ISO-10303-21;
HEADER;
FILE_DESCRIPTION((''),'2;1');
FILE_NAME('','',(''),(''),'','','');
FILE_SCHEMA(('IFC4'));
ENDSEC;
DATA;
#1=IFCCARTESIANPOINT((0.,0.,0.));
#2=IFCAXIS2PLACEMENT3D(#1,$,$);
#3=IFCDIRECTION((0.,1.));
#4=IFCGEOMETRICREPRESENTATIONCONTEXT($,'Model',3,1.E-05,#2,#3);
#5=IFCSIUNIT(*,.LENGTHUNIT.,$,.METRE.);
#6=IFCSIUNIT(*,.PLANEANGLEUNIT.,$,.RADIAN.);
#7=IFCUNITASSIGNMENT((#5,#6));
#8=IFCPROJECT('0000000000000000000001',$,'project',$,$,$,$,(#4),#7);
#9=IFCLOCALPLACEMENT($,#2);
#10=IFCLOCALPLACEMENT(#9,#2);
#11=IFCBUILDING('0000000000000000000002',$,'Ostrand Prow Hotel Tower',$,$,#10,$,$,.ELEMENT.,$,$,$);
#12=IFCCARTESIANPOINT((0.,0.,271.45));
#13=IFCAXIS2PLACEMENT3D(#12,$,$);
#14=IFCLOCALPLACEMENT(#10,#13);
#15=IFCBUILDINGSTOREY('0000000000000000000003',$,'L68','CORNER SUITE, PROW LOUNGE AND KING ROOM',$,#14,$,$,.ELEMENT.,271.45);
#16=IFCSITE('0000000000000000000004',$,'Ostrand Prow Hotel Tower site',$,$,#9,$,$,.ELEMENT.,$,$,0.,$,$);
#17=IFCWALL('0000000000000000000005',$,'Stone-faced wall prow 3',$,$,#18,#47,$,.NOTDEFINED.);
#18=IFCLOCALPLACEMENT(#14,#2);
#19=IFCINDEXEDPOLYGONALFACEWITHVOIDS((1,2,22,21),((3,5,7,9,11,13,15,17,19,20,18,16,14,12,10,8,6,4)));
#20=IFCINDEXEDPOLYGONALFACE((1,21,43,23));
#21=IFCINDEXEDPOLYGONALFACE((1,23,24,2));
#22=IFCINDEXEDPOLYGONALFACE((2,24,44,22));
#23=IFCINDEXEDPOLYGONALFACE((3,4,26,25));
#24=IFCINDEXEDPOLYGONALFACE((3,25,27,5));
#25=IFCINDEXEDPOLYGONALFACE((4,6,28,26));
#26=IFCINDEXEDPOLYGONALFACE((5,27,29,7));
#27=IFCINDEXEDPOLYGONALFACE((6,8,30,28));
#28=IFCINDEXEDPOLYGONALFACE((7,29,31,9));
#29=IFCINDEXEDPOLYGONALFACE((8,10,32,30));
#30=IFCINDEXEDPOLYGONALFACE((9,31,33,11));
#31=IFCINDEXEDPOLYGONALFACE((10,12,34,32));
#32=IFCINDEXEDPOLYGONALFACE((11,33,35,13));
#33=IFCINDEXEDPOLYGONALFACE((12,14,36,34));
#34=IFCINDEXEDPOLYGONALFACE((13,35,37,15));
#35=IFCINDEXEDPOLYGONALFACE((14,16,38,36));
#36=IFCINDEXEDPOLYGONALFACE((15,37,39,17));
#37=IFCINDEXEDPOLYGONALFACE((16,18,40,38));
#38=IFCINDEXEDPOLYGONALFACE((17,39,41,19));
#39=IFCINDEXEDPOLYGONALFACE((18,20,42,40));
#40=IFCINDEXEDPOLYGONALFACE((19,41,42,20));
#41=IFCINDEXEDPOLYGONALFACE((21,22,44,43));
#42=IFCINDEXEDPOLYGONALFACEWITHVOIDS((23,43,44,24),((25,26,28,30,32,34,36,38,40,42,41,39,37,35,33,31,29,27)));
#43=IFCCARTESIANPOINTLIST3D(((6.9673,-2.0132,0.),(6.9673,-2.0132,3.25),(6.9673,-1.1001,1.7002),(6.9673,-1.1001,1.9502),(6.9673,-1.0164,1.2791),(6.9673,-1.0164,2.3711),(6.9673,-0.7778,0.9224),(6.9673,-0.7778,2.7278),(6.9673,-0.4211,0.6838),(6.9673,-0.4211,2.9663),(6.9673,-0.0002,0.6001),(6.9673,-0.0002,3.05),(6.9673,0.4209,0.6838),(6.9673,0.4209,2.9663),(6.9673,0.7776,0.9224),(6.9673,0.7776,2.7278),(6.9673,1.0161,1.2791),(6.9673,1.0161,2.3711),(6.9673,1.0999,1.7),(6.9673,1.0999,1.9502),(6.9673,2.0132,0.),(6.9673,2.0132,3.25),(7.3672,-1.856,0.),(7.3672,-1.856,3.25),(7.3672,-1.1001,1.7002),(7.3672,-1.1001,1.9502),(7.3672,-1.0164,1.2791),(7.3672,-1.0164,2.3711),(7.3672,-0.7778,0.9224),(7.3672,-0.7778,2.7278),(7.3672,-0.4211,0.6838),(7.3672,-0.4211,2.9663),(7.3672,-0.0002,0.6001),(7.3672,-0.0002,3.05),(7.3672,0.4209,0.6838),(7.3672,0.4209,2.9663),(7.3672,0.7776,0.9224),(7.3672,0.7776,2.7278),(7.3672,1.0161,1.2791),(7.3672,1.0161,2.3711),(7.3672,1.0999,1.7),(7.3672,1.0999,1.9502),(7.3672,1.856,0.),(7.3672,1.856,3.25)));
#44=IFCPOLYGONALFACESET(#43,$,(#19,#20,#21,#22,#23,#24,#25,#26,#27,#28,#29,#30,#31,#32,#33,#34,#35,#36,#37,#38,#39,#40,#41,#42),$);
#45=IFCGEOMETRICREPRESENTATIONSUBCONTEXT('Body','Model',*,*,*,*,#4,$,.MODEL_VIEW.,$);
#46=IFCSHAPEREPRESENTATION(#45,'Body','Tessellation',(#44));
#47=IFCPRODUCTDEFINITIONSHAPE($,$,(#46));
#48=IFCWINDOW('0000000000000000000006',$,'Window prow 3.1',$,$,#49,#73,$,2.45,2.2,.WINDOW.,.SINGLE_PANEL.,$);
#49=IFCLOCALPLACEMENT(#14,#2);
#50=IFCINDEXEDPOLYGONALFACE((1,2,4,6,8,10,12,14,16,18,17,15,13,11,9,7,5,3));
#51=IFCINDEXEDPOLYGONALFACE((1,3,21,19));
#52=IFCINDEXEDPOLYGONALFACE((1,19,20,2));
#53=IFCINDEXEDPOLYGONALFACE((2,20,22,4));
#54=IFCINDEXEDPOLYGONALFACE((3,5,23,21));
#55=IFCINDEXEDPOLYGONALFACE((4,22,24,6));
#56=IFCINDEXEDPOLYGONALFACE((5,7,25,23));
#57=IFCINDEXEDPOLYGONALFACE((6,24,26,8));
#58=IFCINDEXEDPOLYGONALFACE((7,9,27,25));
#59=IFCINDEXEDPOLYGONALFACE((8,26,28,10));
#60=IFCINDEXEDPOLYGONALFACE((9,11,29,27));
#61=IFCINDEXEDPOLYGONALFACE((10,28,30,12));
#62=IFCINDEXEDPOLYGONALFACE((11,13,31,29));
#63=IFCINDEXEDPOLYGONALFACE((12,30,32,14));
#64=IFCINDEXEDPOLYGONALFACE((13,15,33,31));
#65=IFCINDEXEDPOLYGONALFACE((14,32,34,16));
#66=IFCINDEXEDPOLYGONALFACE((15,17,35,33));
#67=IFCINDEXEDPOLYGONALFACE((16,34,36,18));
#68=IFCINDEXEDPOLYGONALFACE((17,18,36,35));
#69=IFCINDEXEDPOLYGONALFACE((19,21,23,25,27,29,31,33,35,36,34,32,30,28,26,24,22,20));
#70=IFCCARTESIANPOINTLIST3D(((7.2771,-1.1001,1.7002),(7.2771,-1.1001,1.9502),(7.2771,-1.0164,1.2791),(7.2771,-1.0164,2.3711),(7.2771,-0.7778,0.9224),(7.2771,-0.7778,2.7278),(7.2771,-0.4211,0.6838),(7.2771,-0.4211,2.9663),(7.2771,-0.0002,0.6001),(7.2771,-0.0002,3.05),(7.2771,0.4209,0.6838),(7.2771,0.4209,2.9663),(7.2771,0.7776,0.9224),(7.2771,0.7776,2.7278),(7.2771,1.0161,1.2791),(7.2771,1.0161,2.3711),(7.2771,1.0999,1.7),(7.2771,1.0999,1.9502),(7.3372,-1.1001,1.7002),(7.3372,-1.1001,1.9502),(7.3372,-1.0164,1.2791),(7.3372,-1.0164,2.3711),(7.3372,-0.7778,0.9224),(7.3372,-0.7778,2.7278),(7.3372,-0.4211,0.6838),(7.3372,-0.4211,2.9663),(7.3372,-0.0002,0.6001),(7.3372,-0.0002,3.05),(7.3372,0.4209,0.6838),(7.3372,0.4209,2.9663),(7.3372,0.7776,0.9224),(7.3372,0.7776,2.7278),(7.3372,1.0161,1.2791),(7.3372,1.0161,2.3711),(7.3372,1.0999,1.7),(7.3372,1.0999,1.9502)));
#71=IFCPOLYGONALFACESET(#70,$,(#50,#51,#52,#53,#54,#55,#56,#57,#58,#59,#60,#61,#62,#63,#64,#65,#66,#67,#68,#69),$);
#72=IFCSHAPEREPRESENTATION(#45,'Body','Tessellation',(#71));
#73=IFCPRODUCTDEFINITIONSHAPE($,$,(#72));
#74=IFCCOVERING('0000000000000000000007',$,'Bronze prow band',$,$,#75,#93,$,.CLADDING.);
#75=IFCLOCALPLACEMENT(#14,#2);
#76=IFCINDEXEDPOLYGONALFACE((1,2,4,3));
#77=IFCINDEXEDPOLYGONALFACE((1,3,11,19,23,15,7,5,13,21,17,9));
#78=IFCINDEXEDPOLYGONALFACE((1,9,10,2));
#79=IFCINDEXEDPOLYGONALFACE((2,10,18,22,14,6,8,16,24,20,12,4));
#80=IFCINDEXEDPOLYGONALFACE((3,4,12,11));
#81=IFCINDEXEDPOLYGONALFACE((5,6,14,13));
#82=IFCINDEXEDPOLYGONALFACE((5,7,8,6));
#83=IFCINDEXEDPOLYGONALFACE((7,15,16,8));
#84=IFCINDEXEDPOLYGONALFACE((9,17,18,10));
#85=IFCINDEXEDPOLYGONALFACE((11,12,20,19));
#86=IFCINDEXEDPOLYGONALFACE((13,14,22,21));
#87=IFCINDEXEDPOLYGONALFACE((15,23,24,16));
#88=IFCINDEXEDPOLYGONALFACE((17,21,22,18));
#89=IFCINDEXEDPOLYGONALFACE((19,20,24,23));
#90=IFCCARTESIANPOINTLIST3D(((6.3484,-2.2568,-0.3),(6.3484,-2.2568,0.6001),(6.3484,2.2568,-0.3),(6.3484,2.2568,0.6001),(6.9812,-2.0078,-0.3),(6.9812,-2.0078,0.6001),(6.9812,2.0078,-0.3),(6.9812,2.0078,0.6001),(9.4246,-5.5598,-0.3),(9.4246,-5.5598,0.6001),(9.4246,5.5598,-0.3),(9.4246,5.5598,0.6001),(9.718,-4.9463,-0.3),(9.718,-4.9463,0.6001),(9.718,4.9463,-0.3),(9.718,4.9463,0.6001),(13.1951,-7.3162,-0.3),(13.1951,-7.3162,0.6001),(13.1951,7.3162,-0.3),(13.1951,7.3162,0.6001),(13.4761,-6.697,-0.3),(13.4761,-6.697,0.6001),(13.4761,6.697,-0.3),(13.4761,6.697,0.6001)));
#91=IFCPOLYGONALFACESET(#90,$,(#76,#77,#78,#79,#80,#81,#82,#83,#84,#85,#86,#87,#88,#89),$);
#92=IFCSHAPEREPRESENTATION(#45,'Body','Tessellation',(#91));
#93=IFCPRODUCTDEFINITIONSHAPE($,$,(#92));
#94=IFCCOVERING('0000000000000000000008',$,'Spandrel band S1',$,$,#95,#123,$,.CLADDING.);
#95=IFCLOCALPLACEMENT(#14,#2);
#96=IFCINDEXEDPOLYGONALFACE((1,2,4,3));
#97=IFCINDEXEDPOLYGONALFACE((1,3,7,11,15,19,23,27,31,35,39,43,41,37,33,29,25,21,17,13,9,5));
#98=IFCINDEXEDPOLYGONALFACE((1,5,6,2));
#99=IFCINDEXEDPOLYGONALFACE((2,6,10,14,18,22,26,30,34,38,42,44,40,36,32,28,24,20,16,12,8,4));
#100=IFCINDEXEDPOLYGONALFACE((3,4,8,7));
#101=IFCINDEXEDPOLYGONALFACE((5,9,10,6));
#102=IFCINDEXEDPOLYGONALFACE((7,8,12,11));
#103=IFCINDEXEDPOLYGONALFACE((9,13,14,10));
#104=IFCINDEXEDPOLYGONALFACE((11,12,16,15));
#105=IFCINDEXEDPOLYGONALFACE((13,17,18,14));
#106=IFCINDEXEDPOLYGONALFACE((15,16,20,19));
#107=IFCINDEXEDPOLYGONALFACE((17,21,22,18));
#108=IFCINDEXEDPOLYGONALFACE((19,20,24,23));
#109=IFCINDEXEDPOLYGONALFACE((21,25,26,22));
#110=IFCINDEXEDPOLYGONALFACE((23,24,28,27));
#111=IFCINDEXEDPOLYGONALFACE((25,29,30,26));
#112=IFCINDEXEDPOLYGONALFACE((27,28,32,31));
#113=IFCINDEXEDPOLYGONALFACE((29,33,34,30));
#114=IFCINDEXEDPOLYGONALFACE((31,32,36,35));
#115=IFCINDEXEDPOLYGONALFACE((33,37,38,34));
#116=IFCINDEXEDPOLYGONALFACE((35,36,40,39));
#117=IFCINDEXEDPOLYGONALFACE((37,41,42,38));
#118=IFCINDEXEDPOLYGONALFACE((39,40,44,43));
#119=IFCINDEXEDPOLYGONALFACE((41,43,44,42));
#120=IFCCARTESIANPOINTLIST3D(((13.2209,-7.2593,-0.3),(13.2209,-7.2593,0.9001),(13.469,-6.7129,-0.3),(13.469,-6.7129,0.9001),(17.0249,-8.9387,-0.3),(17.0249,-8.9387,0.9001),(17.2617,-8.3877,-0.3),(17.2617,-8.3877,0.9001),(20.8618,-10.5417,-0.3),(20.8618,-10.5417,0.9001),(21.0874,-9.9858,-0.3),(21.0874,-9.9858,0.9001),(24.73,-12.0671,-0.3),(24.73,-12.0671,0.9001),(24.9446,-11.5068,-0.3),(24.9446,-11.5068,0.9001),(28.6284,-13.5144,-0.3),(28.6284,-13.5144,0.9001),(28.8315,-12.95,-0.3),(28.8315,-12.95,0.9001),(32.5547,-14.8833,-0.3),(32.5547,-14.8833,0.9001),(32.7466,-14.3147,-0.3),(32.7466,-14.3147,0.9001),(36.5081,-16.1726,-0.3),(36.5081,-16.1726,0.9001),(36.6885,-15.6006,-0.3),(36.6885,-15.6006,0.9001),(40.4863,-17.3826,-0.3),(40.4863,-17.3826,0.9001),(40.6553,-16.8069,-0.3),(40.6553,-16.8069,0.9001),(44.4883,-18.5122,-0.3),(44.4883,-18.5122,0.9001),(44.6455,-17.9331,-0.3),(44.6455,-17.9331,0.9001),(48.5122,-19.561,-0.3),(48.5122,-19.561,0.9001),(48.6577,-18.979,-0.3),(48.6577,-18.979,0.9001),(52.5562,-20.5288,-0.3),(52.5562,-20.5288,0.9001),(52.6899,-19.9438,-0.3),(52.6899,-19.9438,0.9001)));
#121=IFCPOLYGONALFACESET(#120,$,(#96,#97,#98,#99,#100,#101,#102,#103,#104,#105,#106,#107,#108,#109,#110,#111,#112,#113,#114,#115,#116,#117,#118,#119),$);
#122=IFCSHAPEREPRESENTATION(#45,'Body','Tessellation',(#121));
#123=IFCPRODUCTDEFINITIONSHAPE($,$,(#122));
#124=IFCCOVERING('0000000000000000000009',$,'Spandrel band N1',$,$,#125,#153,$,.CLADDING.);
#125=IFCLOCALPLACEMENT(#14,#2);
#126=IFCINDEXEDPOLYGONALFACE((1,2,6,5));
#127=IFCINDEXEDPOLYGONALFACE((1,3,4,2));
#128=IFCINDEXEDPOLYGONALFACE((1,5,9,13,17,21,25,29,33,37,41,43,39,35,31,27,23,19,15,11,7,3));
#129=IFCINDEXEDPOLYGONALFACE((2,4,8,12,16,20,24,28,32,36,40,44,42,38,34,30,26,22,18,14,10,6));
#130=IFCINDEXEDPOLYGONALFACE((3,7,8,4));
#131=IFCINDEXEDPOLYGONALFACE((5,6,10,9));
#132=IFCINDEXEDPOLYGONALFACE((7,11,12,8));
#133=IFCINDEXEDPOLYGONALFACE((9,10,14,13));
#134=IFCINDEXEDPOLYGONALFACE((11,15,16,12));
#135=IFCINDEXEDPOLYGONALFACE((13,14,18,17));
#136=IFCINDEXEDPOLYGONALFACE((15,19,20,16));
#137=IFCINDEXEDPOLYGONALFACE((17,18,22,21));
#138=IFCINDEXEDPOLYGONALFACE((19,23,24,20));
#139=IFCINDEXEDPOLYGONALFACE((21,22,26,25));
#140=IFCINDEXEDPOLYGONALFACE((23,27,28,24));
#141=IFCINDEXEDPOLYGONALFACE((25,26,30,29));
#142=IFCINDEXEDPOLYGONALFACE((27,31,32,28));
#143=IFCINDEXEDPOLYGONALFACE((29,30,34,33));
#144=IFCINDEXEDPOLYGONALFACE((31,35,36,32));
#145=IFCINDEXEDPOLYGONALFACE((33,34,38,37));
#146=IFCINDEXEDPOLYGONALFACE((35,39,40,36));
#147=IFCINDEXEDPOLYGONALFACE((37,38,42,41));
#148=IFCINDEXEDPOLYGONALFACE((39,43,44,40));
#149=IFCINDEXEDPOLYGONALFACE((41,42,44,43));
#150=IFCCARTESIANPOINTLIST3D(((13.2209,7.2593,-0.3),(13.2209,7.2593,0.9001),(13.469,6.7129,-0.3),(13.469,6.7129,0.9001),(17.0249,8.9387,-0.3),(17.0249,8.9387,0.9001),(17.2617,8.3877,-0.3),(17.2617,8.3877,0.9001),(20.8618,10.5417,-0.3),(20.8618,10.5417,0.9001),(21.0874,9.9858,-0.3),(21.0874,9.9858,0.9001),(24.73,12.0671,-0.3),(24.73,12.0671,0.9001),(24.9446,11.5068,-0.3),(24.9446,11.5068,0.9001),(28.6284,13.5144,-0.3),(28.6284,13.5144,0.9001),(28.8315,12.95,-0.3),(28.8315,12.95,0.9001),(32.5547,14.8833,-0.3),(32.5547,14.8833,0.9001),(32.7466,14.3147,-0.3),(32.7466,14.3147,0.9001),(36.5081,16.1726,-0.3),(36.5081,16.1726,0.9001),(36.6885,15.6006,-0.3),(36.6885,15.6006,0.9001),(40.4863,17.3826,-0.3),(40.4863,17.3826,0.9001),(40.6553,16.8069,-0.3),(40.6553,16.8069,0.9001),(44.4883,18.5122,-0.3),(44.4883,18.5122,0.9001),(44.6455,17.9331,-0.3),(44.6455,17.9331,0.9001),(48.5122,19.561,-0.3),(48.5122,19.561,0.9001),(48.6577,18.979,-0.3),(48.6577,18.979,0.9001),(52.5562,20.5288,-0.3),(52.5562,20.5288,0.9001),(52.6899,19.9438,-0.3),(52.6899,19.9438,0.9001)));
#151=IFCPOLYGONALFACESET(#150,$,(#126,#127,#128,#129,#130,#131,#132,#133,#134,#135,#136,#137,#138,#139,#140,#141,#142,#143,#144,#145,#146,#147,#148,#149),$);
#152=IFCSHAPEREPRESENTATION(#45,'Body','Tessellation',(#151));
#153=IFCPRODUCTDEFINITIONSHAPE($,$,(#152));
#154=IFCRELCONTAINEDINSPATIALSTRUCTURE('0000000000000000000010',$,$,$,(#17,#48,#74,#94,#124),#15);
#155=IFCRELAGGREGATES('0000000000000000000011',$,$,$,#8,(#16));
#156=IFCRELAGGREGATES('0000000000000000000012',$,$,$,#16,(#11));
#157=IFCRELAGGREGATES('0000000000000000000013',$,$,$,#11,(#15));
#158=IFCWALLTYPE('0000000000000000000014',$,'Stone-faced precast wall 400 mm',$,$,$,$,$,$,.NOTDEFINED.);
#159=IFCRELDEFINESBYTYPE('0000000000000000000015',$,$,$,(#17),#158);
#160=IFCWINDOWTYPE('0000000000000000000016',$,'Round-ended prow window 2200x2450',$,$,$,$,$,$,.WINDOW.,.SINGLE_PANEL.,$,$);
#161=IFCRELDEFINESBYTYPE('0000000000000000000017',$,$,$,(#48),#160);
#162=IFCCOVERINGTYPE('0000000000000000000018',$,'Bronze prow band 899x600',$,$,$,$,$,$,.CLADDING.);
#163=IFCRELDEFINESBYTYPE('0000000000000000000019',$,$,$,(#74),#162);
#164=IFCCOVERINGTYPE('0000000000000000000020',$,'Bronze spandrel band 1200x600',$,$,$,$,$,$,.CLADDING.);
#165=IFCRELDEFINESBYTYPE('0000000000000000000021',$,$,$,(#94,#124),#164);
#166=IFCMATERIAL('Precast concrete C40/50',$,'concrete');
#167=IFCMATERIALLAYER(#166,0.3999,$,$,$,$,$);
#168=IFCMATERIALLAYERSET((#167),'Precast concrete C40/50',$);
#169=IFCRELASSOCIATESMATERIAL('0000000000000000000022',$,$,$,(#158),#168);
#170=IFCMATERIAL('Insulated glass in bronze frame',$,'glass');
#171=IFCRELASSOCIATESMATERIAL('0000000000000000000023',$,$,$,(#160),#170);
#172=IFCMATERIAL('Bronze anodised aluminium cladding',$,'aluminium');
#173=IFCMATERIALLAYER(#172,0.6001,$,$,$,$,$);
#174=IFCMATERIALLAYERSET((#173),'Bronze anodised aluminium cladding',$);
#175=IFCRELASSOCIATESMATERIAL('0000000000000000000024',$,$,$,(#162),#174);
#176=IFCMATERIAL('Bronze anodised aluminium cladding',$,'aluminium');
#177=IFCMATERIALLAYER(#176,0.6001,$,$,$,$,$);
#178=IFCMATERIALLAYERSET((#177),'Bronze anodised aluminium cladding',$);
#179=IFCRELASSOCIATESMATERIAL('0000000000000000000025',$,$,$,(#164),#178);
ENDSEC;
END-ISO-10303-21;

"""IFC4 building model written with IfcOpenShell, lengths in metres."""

from ifc_helpers import new_model, si_unit, direction, frame, origin, place, context, subcontext, project, spatial, polyline, outline, extrude, material, layer, layer_set, type_object, element, fill, save


model = new_model("IFC4")

# Units and contexts
model_context = context("Model", 3, precision=1e-05, world=origin(), true_north=direction((0.0, 1.0)))
body_context = subcontext(model_context, "Body", "Model", "MODEL_VIEW")
ifc_project = project(units=[si_unit("LENGTHUNIT", "METRE"), si_unit("PLANEANGLEUNIT", "RADIAN")], contexts=[model_context])

# Site, building, storey
site_placement = place(None, origin())
site = spatial("IfcSite", under=ifc_project, at=site_placement, Name="Ostrand Prow Hotel Tower site", CompositionType="ELEMENT", RefElevation=0.0)
building_placement = place(site_placement, origin())
building = spatial("IfcBuilding", under=site, at=building_placement, Name="Ostrand Prow Hotel Tower", CompositionType="ELEMENT")
storey_placement = place(building_placement, frame((0.0, 0.0, 271.45)))
storey = spatial("IfcBuildingStorey", under=building, at=storey_placement, Name="L68", Description="CORNER SUITE, PROW LOUNGE AND KING ROOM", CompositionType="ELEMENT", Elevation=271.45)

# Wall, opening, window
ifc_material_1 = material(Name="Precast concrete C40/50", Category="concrete")
ifc_layer_1 = layer(ifc_material_1, 0.3999)
ifc_layer_set_1 = layer_set([ifc_layer_1], Name="Precast concrete C40/50")
wall_type = type_object("IfcWallType", Name="Stone-faced precast wall 400 mm", PredefinedType="NOTDEFINED", material=ifc_layer_set_1)
wall_placement = place(storey_placement, frame((7.1672, 1.9346, 0.0), z_axis=(0.0, 0.0, 1.0), x_axis=(0.0, -1.0, 0.0)))
wall = element("IfcWall", 1, at=wall_placement, inside=storey, type_object=wall_type, Name="Stone-faced wall prow 3", PredefinedType="NOTDEFINED", context=body_context, shape_type="SweptSolid", body=[
    extrude(outline(polyline([(-0.0786, -0.2), (3.9478, -0.2), (3.7905, 0.2), (0.0786, 0.2), (-0.0786, -0.2)])), origin(), (0.0, 0.0, 1.0), 3.25),
])
opening_1_placement = place(wall_placement, frame((0.8347, 0.0, 0.6001)))
opening_1 = element("IfcOpeningElement", 2, at=opening_1_placement, cuts=wall, PredefinedType="OPENING", context=body_context, shape_type="SweptSolid", body=[
    extrude(outline(polyline([(0.0, 1.3501), (0.0837, 1.771), (0.3223, 2.1277), (0.679, 2.3662), (1.1001, 2.45), (1.521, 2.3662), (1.8777, 2.1277), (2.1162, 1.771), (2.2, 1.3501), (2.2, 1.1001), (2.1162, 0.679), (1.8777, 0.3223), (1.521, 0.0837), (1.1001, 0.0), (0.679, 0.0837), (0.3223, 0.3223), (0.0837, 0.679), (0.0, 1.0999), (0.0, 1.3501)])), frame((0.0, 0.21, 0.0), z_axis=(0.0, -1.0, 0.0), x_axis=(1.0, 0.0, 0.0)), (0.0, 0.0, 1.0), 0.4199),
])
ifc_material_2 = material(Name="Insulated glass in bronze frame", Category="glass")
window_type = type_object("IfcWindowType", Name="Round-ended prow window 2200x2450", PartitioningType="SINGLE_PANEL", PredefinedType="WINDOW", material=ifc_material_2)
window_placement = place(opening_1_placement, origin())
window = element("IfcWindow", 3, at=window_placement, inside=storey, type_object=window_type, Name="Window prow 3.1", OverallHeight=2.45, OverallWidth=2.2, PartitioningType="SINGLE_PANEL", PredefinedType="WINDOW", context=body_context, shape_type="SweptSolid", body=[
    extrude(outline(polyline([(0.0, 1.3501), (0.0837, 1.771), (0.3223, 2.1277), (0.679, 2.3662), (1.1001, 2.45), (1.521, 2.3662), (1.8777, 2.1277), (2.1162, 1.771), (2.2, 1.3501), (2.2, 1.1001), (2.1162, 0.679), (1.8777, 0.3223), (1.521, 0.0837), (1.1001, 0.0), (0.679, 0.0837), (0.3223, 0.3223), (0.0837, 0.679), (0.0, 1.0999), (0.0, 1.3501)])), frame((0.0, 0.1699, 0.0), z_axis=(0.0, -1.0, 0.0), x_axis=(1.0, 0.0, 0.0)), (0.0, 0.0, 1.0), 0.0601),
])
fill(opening_1, window)

# Coverings
ifc_material_3 = material(Name="Bronze anodised aluminium cladding", Category="aluminium")
ifc_layer_2 = layer(ifc_material_3, 0.6001)
ifc_layer_set_2 = layer_set([ifc_layer_2], Name="Bronze anodised aluminium cladding")
covering_type_1 = type_object("IfcCoveringType", Name="Bronze prow band 899x600", PredefinedType="CLADDING", material=ifc_layer_set_2)
covering_1_placement = place(storey_placement, frame((0.0, 0.0, -0.3)))
element("IfcCovering", 4, at=covering_1_placement, inside=storey, type_object=covering_type_1, Name="Bronze prow band", PredefinedType="CLADDING", context=body_context, shape_type="SweptSolid", body=[
    extrude(outline(polyline([(13.1951, 7.3162), (9.4246, 5.5598), (6.3484, 2.2568), (6.3484, -2.2568), (9.4246, -5.5598), (13.1951, -7.3162), (13.4761, -6.697), (9.718, -4.9463), (6.9812, -2.0078), (6.9812, 2.0078), (9.718, 4.9463), (13.4761, 6.697), (13.1951, 7.3162)])), origin(), (0.0, 0.0, 1.0), 0.9001),
])
ifc_material_4 = material(Name="Bronze anodised aluminium cladding", Category="aluminium")
ifc_layer_3 = layer(ifc_material_4, 0.6001)
ifc_layer_set_3 = layer_set([ifc_layer_3], Name="Bronze anodised aluminium cladding")
covering_type_2 = type_object("IfcCoveringType", Name="Bronze spandrel band 1200x600", PredefinedType="CLADDING", material=ifc_layer_set_3)
covering_2_placement = place(storey_placement, frame((0.0, 0.0, -0.3)))
element("IfcCovering", 5, at=covering_2_placement, inside=storey, type_object=covering_type_2, Name="Spandrel band S1", PredefinedType="CLADDING", context=body_context, shape_type="SweptSolid", body=[
    extrude(outline(polyline([(13.2209, -7.2593), (17.0249, -8.9387), (20.8618, -10.5417), (24.73, -12.0671), (28.6284, -13.5144), (32.5547, -14.8833), (36.5081, -16.1726), (40.4863, -17.3826), (44.4883, -18.5122), (48.5122, -19.561), (52.5562, -20.5288), (52.6899, -19.9438), (48.6577, -18.979), (44.6455, -17.9331), (40.6553, -16.8069), (36.6885, -15.6006), (32.7466, -14.3147), (28.8315, -12.95), (24.9446, -11.5068), (21.0874, -9.9858), (17.2617, -8.3877), (13.469, -6.7129), (13.2209, -7.2593)])), origin(), (0.0, 0.0, 1.0), 1.2002),
])
covering_3_placement = place(storey_placement, frame((0.0, 0.0, -0.3)))
element("IfcCovering", 6, at=covering_3_placement, inside=storey, type_object=covering_type_2, Name="Spandrel band N1", PredefinedType="CLADDING", context=body_context, shape_type="SweptSolid", body=[
    extrude(outline(polyline([(52.5562, 20.5288), (48.5122, 19.561), (44.4883, 18.5122), (40.4863, 17.3826), (36.5081, 16.1726), (32.5547, 14.8833), (28.6284, 13.5144), (24.73, 12.0671), (20.8618, 10.5417), (17.0249, 8.9387), (13.2209, 7.2593), (13.469, 6.7129), (17.2617, 8.3877), (21.0874, 9.9858), (24.9446, 11.5068), (28.8315, 12.95), (32.7466, 14.3147), (36.6885, 15.6006), (40.6553, 16.8069), (44.6455, 17.9331), (48.6577, 18.979), (52.6899, 19.9438), (52.5562, 20.5288)])), origin(), (0.0, 0.0, 1.0), 1.2002),
])

save(model, "model.ifc")
